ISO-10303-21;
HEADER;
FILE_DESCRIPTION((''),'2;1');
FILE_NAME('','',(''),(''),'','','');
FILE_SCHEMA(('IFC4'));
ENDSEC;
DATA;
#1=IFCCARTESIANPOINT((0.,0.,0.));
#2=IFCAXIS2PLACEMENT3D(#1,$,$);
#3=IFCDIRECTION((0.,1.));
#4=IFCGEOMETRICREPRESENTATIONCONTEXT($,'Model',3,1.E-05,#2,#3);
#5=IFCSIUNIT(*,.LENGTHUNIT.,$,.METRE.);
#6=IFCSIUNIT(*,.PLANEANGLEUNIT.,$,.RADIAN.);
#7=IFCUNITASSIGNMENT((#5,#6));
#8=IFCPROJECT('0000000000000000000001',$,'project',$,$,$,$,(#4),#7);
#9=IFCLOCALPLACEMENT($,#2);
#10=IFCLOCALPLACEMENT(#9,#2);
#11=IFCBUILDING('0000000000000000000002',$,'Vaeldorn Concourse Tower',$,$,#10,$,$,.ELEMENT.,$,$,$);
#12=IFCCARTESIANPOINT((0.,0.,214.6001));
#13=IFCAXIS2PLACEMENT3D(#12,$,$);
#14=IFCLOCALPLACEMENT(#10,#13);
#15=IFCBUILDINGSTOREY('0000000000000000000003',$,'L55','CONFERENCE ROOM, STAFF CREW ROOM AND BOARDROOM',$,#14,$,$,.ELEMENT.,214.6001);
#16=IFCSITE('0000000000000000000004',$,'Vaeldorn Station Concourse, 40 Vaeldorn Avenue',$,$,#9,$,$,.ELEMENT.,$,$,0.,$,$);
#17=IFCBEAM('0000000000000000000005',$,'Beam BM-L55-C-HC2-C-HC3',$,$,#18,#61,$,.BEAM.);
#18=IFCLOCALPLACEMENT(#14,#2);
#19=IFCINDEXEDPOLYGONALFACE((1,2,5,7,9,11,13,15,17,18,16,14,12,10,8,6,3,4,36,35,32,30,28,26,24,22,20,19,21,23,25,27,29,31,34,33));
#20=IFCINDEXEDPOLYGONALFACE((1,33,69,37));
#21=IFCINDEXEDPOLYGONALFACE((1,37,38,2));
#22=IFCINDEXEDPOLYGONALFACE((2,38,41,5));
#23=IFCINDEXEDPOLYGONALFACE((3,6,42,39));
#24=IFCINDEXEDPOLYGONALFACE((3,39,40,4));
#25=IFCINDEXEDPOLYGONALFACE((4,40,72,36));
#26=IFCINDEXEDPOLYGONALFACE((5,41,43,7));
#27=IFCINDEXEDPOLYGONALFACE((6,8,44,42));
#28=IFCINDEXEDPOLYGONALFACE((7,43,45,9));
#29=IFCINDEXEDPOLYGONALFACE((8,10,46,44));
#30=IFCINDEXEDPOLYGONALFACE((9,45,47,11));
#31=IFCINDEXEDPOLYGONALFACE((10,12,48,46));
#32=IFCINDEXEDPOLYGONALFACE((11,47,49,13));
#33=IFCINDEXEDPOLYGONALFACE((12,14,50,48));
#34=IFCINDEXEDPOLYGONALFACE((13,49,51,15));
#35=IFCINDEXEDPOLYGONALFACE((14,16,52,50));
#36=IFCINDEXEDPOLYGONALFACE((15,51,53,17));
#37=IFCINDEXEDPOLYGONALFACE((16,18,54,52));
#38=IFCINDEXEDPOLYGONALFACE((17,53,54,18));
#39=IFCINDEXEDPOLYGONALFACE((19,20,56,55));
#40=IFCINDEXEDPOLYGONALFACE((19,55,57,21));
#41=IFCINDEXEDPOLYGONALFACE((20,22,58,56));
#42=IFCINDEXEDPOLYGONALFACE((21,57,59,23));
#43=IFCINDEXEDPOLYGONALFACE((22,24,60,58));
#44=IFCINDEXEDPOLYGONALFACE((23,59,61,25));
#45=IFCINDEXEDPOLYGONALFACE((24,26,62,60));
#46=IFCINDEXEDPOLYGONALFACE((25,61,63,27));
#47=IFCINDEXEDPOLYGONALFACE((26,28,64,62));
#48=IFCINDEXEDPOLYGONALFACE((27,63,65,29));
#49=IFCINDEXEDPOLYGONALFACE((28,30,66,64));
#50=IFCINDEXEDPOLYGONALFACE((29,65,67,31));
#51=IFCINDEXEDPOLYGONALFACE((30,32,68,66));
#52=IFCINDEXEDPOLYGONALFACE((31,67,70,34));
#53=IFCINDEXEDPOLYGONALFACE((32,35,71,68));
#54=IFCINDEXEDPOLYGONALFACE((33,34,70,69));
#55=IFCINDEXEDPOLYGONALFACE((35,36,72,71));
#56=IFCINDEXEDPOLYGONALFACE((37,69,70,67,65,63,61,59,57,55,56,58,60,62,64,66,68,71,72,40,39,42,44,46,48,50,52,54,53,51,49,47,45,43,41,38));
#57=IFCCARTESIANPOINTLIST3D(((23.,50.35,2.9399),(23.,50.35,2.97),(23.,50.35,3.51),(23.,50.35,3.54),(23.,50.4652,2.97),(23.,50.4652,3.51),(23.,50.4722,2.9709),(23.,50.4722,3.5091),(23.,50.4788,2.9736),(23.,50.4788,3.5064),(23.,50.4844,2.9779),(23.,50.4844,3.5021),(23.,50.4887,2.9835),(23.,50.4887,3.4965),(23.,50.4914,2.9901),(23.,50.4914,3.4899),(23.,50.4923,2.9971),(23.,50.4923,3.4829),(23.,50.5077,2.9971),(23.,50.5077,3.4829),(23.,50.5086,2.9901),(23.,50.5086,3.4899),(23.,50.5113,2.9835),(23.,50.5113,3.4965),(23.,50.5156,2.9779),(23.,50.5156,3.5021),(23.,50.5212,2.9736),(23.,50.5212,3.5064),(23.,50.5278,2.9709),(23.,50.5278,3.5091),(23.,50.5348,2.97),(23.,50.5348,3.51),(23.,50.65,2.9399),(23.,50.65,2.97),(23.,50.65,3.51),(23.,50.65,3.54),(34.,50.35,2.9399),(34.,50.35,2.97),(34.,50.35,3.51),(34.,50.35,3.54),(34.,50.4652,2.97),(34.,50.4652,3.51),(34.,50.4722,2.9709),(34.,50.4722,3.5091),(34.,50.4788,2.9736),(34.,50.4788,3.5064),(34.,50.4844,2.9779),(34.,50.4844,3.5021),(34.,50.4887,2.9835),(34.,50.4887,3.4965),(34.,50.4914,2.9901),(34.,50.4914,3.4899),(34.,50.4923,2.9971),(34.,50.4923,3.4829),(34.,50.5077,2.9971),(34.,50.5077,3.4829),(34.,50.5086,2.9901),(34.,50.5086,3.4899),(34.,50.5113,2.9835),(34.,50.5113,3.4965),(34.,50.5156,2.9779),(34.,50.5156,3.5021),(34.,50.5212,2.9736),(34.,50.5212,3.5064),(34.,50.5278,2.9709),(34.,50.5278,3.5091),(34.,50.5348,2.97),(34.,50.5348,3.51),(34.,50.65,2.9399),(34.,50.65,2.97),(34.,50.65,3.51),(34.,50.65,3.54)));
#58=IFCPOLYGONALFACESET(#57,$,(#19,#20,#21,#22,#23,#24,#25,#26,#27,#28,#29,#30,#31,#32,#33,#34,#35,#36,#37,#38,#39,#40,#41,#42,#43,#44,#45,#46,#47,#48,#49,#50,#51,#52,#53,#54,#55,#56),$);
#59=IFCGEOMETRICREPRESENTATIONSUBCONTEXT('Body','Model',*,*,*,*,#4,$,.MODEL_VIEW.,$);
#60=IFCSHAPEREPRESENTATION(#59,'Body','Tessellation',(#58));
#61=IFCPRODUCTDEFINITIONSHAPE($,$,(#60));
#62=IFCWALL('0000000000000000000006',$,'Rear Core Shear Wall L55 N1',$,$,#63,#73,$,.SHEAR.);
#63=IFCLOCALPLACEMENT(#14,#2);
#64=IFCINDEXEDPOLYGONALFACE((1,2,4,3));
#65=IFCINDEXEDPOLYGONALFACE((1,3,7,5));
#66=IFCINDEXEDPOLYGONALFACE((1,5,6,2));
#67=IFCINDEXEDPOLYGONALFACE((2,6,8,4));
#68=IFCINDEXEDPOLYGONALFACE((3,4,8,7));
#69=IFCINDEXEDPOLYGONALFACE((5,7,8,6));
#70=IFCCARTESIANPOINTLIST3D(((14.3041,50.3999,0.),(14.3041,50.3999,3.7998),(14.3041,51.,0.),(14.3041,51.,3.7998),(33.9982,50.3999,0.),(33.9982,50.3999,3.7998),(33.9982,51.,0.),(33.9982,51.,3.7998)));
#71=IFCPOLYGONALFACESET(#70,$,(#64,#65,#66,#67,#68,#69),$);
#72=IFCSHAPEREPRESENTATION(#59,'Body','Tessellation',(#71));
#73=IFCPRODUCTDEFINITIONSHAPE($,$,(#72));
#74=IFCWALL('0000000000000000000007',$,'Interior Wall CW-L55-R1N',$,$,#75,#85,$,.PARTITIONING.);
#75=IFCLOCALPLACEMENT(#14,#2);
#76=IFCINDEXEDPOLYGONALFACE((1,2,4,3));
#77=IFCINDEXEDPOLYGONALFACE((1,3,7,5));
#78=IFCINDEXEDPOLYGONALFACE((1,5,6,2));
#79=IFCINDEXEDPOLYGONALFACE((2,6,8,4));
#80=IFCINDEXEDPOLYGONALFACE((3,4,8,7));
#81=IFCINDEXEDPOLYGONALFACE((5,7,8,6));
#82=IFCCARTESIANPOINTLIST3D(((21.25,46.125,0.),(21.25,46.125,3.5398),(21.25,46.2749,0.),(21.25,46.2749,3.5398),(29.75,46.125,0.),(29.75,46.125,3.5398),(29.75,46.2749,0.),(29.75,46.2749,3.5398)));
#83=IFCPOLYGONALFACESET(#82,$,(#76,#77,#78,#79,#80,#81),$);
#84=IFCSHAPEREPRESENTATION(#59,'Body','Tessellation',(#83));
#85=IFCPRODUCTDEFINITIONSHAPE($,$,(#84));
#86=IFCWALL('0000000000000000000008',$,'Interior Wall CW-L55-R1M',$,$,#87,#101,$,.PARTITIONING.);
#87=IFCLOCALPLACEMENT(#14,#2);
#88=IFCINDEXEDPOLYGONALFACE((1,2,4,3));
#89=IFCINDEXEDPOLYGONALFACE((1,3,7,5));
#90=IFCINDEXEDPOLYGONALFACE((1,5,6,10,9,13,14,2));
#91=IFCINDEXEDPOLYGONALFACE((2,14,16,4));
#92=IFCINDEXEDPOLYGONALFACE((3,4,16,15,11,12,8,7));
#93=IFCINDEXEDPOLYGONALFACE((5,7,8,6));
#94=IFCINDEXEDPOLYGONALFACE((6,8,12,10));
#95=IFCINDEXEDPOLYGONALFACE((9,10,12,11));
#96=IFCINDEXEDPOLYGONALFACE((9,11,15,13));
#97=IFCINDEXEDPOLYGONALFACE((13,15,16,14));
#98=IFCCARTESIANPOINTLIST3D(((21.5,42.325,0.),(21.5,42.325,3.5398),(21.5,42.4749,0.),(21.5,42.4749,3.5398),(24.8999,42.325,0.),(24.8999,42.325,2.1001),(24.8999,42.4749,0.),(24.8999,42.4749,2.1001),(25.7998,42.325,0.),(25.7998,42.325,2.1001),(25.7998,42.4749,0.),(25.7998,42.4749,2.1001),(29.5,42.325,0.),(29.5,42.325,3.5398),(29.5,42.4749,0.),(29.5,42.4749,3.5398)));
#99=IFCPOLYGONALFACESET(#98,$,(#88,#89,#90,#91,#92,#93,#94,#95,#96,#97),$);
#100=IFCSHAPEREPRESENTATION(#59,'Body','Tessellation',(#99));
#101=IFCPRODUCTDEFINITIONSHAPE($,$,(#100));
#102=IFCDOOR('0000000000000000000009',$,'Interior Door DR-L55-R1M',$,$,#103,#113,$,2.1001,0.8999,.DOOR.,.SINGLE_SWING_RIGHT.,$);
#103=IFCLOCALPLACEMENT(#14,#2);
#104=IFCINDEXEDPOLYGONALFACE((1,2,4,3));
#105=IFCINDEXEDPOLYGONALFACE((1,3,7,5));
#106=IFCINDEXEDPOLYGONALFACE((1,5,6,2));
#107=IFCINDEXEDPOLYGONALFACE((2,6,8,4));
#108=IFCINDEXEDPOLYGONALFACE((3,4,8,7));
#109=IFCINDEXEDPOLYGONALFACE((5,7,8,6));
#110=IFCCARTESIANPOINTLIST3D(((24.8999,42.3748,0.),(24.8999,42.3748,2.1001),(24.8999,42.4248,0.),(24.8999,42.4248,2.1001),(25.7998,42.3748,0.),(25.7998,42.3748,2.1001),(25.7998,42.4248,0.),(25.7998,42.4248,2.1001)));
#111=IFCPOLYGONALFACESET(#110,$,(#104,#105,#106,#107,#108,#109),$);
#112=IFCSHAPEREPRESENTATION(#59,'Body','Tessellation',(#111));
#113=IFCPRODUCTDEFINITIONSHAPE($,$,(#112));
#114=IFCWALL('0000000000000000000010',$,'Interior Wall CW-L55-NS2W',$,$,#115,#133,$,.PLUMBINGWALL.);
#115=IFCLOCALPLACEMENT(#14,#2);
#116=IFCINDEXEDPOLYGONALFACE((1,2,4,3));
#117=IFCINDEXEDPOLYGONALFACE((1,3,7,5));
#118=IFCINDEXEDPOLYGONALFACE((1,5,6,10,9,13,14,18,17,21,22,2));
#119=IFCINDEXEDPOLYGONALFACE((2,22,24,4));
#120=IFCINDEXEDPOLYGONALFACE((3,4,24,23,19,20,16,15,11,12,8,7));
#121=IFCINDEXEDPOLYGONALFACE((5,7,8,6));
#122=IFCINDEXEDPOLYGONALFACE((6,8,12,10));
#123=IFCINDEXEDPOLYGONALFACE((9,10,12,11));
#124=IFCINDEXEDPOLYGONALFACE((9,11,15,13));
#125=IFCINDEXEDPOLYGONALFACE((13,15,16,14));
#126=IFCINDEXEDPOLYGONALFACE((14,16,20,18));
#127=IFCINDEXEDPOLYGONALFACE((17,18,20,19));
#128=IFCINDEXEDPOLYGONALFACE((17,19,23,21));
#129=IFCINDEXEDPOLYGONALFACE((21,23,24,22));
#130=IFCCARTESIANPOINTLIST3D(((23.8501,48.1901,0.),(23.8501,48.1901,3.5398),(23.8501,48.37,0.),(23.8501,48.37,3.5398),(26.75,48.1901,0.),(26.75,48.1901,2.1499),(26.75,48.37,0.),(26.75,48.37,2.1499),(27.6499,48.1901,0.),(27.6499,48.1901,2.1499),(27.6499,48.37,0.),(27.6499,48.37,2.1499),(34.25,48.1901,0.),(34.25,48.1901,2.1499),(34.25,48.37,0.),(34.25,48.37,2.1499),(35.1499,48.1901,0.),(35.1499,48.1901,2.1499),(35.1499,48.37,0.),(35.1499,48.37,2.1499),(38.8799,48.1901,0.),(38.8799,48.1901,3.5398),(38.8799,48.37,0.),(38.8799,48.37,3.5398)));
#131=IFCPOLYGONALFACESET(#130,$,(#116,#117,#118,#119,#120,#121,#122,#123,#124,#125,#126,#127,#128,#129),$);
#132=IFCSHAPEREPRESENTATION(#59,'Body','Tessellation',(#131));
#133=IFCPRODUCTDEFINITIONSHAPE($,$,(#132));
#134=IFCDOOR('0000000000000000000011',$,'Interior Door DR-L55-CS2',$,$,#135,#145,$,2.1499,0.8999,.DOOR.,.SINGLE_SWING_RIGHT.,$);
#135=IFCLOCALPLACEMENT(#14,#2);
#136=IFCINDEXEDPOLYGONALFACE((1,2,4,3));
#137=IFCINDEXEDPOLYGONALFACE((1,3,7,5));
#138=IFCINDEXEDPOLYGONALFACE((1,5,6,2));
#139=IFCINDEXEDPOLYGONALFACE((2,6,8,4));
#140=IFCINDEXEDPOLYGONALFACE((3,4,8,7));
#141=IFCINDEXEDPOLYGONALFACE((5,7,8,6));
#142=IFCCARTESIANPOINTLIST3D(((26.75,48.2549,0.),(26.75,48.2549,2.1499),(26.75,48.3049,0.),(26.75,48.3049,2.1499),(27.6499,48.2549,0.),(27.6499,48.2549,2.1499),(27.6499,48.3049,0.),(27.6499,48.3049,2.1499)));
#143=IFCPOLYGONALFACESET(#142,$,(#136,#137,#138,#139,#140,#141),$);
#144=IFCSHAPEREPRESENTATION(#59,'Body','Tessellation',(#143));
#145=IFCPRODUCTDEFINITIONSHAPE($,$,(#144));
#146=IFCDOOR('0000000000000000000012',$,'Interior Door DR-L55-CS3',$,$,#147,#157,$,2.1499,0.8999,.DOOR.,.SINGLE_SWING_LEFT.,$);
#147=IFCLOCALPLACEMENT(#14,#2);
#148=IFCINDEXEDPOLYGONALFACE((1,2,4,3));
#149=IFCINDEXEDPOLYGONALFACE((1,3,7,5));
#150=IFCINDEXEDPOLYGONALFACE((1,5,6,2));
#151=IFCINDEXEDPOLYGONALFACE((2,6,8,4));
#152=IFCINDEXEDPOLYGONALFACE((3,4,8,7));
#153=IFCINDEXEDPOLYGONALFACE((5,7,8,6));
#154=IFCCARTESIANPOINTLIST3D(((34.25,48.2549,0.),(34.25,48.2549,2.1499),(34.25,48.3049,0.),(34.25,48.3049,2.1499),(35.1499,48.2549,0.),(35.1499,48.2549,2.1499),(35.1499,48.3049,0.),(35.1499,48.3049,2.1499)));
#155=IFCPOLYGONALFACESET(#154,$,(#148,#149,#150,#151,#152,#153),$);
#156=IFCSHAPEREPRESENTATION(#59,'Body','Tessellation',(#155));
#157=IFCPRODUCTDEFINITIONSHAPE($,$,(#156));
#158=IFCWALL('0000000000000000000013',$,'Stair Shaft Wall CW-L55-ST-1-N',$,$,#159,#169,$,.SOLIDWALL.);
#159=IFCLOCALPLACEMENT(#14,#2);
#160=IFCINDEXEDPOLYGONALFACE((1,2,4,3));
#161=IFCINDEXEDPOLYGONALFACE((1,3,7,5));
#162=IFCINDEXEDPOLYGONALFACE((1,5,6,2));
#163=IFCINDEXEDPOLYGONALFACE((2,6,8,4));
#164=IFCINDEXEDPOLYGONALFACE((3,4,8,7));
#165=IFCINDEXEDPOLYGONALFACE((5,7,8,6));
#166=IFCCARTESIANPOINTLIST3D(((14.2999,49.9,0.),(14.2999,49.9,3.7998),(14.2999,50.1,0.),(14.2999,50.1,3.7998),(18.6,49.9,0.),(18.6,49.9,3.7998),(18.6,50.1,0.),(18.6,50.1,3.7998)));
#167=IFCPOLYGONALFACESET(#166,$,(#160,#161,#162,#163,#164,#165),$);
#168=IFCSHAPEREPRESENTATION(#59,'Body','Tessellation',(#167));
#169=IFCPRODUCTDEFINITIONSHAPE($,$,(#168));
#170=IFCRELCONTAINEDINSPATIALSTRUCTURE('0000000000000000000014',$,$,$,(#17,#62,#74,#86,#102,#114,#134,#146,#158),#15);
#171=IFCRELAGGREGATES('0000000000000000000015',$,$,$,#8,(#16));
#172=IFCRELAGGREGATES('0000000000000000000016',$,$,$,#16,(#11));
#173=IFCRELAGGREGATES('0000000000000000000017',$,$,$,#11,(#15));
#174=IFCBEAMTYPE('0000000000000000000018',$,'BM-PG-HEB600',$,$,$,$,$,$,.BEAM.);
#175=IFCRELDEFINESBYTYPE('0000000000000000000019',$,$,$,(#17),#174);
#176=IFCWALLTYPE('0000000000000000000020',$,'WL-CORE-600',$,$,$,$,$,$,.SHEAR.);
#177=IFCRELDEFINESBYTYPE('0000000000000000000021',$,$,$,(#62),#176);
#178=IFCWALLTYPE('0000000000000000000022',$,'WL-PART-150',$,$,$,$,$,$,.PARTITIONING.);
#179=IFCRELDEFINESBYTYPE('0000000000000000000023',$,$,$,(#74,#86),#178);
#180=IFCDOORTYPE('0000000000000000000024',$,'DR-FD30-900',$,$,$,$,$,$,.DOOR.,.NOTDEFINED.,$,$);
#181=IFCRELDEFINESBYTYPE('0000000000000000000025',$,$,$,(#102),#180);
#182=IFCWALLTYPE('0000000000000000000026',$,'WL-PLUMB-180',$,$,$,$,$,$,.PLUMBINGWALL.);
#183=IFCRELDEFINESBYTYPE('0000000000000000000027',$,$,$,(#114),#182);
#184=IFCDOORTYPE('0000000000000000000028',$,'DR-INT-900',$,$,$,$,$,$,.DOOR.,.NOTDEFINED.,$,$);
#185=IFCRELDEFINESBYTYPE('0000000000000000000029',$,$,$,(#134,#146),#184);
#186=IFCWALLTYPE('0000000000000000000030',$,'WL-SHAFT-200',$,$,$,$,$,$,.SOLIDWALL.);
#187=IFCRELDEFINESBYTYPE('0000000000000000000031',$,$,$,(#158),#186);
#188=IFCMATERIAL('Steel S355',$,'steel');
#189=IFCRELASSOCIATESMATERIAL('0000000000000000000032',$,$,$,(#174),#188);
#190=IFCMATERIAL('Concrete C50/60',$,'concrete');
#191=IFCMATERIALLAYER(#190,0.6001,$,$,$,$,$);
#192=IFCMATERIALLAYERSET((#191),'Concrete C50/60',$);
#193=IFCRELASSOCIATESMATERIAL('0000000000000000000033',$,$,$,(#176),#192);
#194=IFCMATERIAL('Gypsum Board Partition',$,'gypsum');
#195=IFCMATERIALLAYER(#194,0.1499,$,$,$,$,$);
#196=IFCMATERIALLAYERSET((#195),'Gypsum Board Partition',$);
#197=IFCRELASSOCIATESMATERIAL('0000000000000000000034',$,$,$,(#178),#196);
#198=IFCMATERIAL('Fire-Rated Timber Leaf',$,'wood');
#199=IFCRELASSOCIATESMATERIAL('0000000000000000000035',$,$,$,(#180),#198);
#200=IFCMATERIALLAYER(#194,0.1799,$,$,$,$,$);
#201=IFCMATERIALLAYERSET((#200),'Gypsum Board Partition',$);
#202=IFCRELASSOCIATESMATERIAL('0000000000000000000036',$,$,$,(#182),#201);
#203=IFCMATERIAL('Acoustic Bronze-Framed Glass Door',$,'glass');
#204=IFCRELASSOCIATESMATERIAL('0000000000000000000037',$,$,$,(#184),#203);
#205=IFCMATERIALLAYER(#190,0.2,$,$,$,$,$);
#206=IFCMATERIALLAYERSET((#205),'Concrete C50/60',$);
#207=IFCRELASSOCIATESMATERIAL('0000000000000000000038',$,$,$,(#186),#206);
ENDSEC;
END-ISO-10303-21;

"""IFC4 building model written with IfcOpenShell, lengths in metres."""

from ifc_helpers import new_model, si_unit, direction, frame, frame_2d, origin, origin_2d, place, context, subcontext, project, spatial, rectangle, i_section, extrude, source, transform, mapped, material, layer, layer_set, material_profile, profile_set, type_object, element, fill, save


model = new_model("IFC4")

# Units and contexts
model_context = context("Model", 3, precision=1e-05, world=origin(), true_north=direction((0.0, 1.0)))
body_context = subcontext(model_context, "Body", "Model", "MODEL_VIEW")
ifc_project = project(units=[si_unit("LENGTHUNIT", "METRE"), si_unit("PLANEANGLEUNIT", "RADIAN")], contexts=[model_context])

# Site, building, storey
site_placement = place(None, origin())
site = spatial("IfcSite", under=ifc_project, at=site_placement, Name="Vaeldorn Station Concourse, 40 Vaeldorn Avenue", CompositionType="ELEMENT", RefElevation=0.0)
building_placement = place(site_placement, origin())
building = spatial("IfcBuilding", under=site, at=building_placement, Name="Vaeldorn Concourse Tower", CompositionType="ELEMENT")
storey_placement = place(building_placement, frame((0.0, 0.0, 214.6001)))
storey = spatial("IfcBuildingStorey", under=building, at=storey_placement, Name="L55", Description="CONFERENCE ROOM, STAFF CREW ROOM AND BOARDROOM", CompositionType="ELEMENT", Elevation=214.6001)

# Beam
ifc_material_1 = material(Name="Steel S355", Category="steel")
ifc_material_profile_1 = material_profile(ifc_material_1, i_section(OverallWidth=0.3, OverallDepth=0.6001, WebThickness=0.0154, FlangeThickness=0.03, FilletRadius=0.0271, at=origin_2d()), Name="HEB 600")
ifc_profile_set_1 = profile_set([ifc_material_profile_1], Name="Steel S355")
beam_type_1 = type_object("IfcBeamType", Name="BM-PG-HEB600", PredefinedType="BEAM", material=ifc_profile_set_1)
shared_shape_1 = source(origin(), body_context, "Body", "SweptSolid", [
    extrude(i_section(OverallWidth=0.3, OverallDepth=0.6001, WebThickness=0.0154, FlangeThickness=0.03, FilletRadius=0.0271, at=origin_2d()), origin(), (0.0, 0.0, 1.0), 11.0),
])
beam_1_placement = place(storey_placement, frame((23.0, 50.5, 3.24), z_axis=(1.0, 0.0, 0.0), x_axis=(0.0, 1.0, 0.0)))
element("IfcBeam", 1, at=beam_1_placement, inside=storey, type_object=beam_type_1, Name="Beam BM-L55-C-HC2-C-HC3", PredefinedType="BEAM", context=body_context, shape_type="MappedRepresentation", body=[
    mapped(shared_shape_1, transform((0.0, 0.0, 0.0), scale=1.0)),
])

# Walls
ifc_material_2 = material(Name="Concrete C50/60", Category="concrete")
ifc_layer_1 = layer(ifc_material_2, 0.6001)
ifc_layer_set_1 = layer_set([ifc_layer_1], Name="Concrete C50/60")
wall_type_1 = type_object("IfcWallType", Name="WL-CORE-600", PredefinedType="SHEAR", material=ifc_layer_set_1)
wall_1_placement = place(storey_placement, frame((14.304, 50.7, 0.0), z_axis=(0.0, 0.0, 1.0), x_axis=(1.0, 0.0, 0.0)))
element("IfcWall", 2, at=wall_1_placement, inside=storey, type_object=wall_type_1, Name="Rear Core Shear Wall L55 N1", PredefinedType="SHEAR", context=body_context, shape_type="SweptSolid", body=[
    extrude(rectangle(XDim=19.6941, YDim=0.6001, at=frame_2d((9.8472, 0.0))), origin(), (0.0, 0.0, 1.0), 3.7998),
])
ifc_material_3 = material(Name="Gypsum Board Partition", Category="gypsum")
ifc_layer_2 = layer(ifc_material_3, 0.1499)
ifc_layer_set_2 = layer_set([ifc_layer_2], Name="Gypsum Board Partition")
wall_type_2 = type_object("IfcWallType", Name="WL-PART-150", PredefinedType="PARTITIONING", material=ifc_layer_set_2)
wall_2_placement = place(storey_placement, frame((21.25, 46.2, 0.0), z_axis=(0.0, 0.0, 1.0), x_axis=(1.0, 0.0, 0.0)))
element("IfcWall", 3, at=wall_2_placement, inside=storey, type_object=wall_type_2, Name="Interior Wall CW-L55-R1N", PredefinedType="PARTITIONING", context=body_context, shape_type="SweptSolid", body=[
    extrude(rectangle(XDim=8.5, YDim=0.1499, at=frame_2d((4.25, 0.0))), origin(), (0.0, 0.0, 1.0), 3.5398),
])

# Wall, opening, door
wall_3_placement = place(storey_placement, frame((21.5, 42.3999, 0.0), z_axis=(0.0, 0.0, 1.0), x_axis=(1.0, 0.0, 0.0)))
wall_3 = element("IfcWall", 4, at=wall_3_placement, inside=storey, type_object=wall_type_2, Name="Interior Wall CW-L55-R1M", PredefinedType="PARTITIONING", context=body_context, shape_type="SweptSolid", body=[
    extrude(rectangle(XDim=8.0, YDim=0.1499, at=frame_2d((4.0, 0.0))), origin(), (0.0, 0.0, 1.0), 3.5398),
])
opening_1_placement = place(wall_3_placement, frame((3.3999, 0.0, 0.0)))
opening_1 = element("IfcOpeningElement", 5, at=opening_1_placement, cuts=wall_3, PredefinedType="OPENING", context=body_context, shape_type="SweptSolid", body=[
    extrude(rectangle(XDim=0.8999, YDim=2.1001, at=frame_2d((0.45, 1.05))), frame((0.0, 0.085, 0.0), z_axis=(0.0, -1.0, 0.0), x_axis=(1.0, 0.0, 0.0)), (0.0, 0.0, 1.0), 0.1699),
])
ifc_material_4 = material(Name="Fire-Rated Timber Leaf", Category="wood")
door_type_1 = type_object("IfcDoorType", Name="DR-FD30-900", OperationType="NOTDEFINED", PredefinedType="DOOR", material=ifc_material_4)
shared_shape_2 = source(origin(), body_context, "Body", "SweptSolid", [
    extrude(rectangle(XDim=0.8999, YDim=2.1001, at=frame_2d((0.45, 1.05))), frame((0.0, 0.0249, 0.0), z_axis=(0.0, -1.0, 0.0), x_axis=(1.0, 0.0, 0.0)), (0.0, 0.0, 1.0), 0.05),
])
door_1_placement = place(opening_1_placement, origin())
door_1 = element("IfcDoor", 6, at=door_1_placement, inside=storey, type_object=door_type_1, Name="Interior Door DR-L55-R1M", OperationType="SINGLE_SWING_RIGHT", OverallHeight=2.1001, OverallWidth=0.8999, PredefinedType="DOOR", context=body_context, shape_type="MappedRepresentation", body=[
    mapped(shared_shape_2, transform((0.0, 0.0, 0.0), scale=1.0)),
])
fill(opening_1, door_1)

# Wall, openings, doors
ifc_layer_3 = layer(ifc_material_3, 0.1799)
ifc_layer_set_3 = layer_set([ifc_layer_3], Name="Gypsum Board Partition")
wall_type_3 = type_object("IfcWallType", Name="WL-PLUMB-180", PredefinedType="PLUMBINGWALL", material=ifc_layer_set_3)
wall_4_placement = place(storey_placement, frame((23.8501, 48.28, 0.0), z_axis=(0.0, 0.0, 1.0), x_axis=(1.0, 0.0, 0.0)))
wall_4 = element("IfcWall", 7, at=wall_4_placement, inside=storey, type_object=wall_type_3, Name="Interior Wall CW-L55-NS2W", PredefinedType="PLUMBINGWALL", context=body_context, shape_type="SweptSolid", body=[
    extrude(rectangle(XDim=15.0298, YDim=0.1799, at=frame_2d((7.5149, 0.0))), origin(), (0.0, 0.0, 1.0), 3.5398),
])
opening_2_placement = place(wall_4_placement, frame((2.8999, 0.0, 0.0)))
opening_2 = element("IfcOpeningElement", 8, at=opening_2_placement, cuts=wall_4, PredefinedType="OPENING", context=body_context, shape_type="SweptSolid", body=[
    extrude(rectangle(XDim=0.8999, YDim=2.1499, at=frame_2d((0.45, 1.075))), frame((0.0, 0.1001, 0.0), z_axis=(0.0, -1.0, 0.0), x_axis=(1.0, 0.0, 0.0)), (0.0, 0.0, 1.0), 0.2),
])
opening_3_placement = place(wall_4_placement, frame((10.3999, 0.0, 0.0)))
opening_3 = element("IfcOpeningElement", 9, at=opening_3_placement, cuts=wall_4, PredefinedType="OPENING", context=body_context, shape_type="SweptSolid", body=[
    extrude(rectangle(XDim=0.8999, YDim=2.1499, at=frame_2d((0.45, 1.075))), frame((0.0, 0.1001, 0.0), z_axis=(0.0, -1.0, 0.0), x_axis=(1.0, 0.0, 0.0)), (0.0, 0.0, 1.0), 0.2),
])
ifc_material_5 = material(Name="Acoustic Bronze-Framed Glass Door", Category="glass")
door_type_2 = type_object("IfcDoorType", Name="DR-INT-900", OperationType="NOTDEFINED", PredefinedType="DOOR", material=ifc_material_5)
shared_shape_3 = source(origin(), body_context, "Body", "SweptSolid", [
    extrude(rectangle(XDim=0.8999, YDim=2.1499, at=frame_2d((0.45, 1.075))), frame((0.0, 0.0249, 0.0), z_axis=(0.0, -1.0, 0.0), x_axis=(1.0, 0.0, 0.0)), (0.0, 0.0, 1.0), 0.05),
])
door_2_placement = place(opening_2_placement, origin())
door_2 = element("IfcDoor", 10, at=door_2_placement, inside=storey, type_object=door_type_2, Name="Interior Door DR-L55-CS2", OperationType="SINGLE_SWING_RIGHT", OverallHeight=2.1499, OverallWidth=0.8999, PredefinedType="DOOR", context=body_context, shape_type="MappedRepresentation", body=[
    mapped(shared_shape_3, transform((0.0, 0.0, 0.0), scale=1.0)),
])
fill(opening_2, door_2)
door_3_placement = place(opening_3_placement, origin())
door_3 = element("IfcDoor", 11, at=door_3_placement, inside=storey, type_object=door_type_2, Name="Interior Door DR-L55-CS3", OperationType="SINGLE_SWING_LEFT", OverallHeight=2.1499, OverallWidth=0.8999, PredefinedType="DOOR", context=body_context, shape_type="MappedRepresentation", body=[
    mapped(shared_shape_3, transform((0.0, 0.0, 0.0), scale=1.0)),
])
fill(opening_3, door_3)

# Wall
ifc_layer_4 = layer(ifc_material_2, 0.2)
ifc_layer_set_4 = layer_set([ifc_layer_4], Name="Concrete C50/60")
wall_type_4 = type_object("IfcWallType", Name="WL-SHAFT-200", PredefinedType="SOLIDWALL", material=ifc_layer_set_4)
wall_5_placement = place(storey_placement, frame((14.3, 50.0, 0.0), z_axis=(0.0, 0.0, 1.0), x_axis=(1.0, 0.0, 0.0)))
element("IfcWall", 12, at=wall_5_placement, inside=storey, type_object=wall_type_4, Name="Stair Shaft Wall CW-L55-ST-1-N", PredefinedType="SOLIDWALL", context=body_context, shape_type="SweptSolid", body=[
    extrude(rectangle(XDim=4.3, YDim=0.2, at=frame_2d((2.1499, 0.0))), origin(), (0.0, 0.0, 1.0), 3.7998),
])

save(model, "model.ifc")
